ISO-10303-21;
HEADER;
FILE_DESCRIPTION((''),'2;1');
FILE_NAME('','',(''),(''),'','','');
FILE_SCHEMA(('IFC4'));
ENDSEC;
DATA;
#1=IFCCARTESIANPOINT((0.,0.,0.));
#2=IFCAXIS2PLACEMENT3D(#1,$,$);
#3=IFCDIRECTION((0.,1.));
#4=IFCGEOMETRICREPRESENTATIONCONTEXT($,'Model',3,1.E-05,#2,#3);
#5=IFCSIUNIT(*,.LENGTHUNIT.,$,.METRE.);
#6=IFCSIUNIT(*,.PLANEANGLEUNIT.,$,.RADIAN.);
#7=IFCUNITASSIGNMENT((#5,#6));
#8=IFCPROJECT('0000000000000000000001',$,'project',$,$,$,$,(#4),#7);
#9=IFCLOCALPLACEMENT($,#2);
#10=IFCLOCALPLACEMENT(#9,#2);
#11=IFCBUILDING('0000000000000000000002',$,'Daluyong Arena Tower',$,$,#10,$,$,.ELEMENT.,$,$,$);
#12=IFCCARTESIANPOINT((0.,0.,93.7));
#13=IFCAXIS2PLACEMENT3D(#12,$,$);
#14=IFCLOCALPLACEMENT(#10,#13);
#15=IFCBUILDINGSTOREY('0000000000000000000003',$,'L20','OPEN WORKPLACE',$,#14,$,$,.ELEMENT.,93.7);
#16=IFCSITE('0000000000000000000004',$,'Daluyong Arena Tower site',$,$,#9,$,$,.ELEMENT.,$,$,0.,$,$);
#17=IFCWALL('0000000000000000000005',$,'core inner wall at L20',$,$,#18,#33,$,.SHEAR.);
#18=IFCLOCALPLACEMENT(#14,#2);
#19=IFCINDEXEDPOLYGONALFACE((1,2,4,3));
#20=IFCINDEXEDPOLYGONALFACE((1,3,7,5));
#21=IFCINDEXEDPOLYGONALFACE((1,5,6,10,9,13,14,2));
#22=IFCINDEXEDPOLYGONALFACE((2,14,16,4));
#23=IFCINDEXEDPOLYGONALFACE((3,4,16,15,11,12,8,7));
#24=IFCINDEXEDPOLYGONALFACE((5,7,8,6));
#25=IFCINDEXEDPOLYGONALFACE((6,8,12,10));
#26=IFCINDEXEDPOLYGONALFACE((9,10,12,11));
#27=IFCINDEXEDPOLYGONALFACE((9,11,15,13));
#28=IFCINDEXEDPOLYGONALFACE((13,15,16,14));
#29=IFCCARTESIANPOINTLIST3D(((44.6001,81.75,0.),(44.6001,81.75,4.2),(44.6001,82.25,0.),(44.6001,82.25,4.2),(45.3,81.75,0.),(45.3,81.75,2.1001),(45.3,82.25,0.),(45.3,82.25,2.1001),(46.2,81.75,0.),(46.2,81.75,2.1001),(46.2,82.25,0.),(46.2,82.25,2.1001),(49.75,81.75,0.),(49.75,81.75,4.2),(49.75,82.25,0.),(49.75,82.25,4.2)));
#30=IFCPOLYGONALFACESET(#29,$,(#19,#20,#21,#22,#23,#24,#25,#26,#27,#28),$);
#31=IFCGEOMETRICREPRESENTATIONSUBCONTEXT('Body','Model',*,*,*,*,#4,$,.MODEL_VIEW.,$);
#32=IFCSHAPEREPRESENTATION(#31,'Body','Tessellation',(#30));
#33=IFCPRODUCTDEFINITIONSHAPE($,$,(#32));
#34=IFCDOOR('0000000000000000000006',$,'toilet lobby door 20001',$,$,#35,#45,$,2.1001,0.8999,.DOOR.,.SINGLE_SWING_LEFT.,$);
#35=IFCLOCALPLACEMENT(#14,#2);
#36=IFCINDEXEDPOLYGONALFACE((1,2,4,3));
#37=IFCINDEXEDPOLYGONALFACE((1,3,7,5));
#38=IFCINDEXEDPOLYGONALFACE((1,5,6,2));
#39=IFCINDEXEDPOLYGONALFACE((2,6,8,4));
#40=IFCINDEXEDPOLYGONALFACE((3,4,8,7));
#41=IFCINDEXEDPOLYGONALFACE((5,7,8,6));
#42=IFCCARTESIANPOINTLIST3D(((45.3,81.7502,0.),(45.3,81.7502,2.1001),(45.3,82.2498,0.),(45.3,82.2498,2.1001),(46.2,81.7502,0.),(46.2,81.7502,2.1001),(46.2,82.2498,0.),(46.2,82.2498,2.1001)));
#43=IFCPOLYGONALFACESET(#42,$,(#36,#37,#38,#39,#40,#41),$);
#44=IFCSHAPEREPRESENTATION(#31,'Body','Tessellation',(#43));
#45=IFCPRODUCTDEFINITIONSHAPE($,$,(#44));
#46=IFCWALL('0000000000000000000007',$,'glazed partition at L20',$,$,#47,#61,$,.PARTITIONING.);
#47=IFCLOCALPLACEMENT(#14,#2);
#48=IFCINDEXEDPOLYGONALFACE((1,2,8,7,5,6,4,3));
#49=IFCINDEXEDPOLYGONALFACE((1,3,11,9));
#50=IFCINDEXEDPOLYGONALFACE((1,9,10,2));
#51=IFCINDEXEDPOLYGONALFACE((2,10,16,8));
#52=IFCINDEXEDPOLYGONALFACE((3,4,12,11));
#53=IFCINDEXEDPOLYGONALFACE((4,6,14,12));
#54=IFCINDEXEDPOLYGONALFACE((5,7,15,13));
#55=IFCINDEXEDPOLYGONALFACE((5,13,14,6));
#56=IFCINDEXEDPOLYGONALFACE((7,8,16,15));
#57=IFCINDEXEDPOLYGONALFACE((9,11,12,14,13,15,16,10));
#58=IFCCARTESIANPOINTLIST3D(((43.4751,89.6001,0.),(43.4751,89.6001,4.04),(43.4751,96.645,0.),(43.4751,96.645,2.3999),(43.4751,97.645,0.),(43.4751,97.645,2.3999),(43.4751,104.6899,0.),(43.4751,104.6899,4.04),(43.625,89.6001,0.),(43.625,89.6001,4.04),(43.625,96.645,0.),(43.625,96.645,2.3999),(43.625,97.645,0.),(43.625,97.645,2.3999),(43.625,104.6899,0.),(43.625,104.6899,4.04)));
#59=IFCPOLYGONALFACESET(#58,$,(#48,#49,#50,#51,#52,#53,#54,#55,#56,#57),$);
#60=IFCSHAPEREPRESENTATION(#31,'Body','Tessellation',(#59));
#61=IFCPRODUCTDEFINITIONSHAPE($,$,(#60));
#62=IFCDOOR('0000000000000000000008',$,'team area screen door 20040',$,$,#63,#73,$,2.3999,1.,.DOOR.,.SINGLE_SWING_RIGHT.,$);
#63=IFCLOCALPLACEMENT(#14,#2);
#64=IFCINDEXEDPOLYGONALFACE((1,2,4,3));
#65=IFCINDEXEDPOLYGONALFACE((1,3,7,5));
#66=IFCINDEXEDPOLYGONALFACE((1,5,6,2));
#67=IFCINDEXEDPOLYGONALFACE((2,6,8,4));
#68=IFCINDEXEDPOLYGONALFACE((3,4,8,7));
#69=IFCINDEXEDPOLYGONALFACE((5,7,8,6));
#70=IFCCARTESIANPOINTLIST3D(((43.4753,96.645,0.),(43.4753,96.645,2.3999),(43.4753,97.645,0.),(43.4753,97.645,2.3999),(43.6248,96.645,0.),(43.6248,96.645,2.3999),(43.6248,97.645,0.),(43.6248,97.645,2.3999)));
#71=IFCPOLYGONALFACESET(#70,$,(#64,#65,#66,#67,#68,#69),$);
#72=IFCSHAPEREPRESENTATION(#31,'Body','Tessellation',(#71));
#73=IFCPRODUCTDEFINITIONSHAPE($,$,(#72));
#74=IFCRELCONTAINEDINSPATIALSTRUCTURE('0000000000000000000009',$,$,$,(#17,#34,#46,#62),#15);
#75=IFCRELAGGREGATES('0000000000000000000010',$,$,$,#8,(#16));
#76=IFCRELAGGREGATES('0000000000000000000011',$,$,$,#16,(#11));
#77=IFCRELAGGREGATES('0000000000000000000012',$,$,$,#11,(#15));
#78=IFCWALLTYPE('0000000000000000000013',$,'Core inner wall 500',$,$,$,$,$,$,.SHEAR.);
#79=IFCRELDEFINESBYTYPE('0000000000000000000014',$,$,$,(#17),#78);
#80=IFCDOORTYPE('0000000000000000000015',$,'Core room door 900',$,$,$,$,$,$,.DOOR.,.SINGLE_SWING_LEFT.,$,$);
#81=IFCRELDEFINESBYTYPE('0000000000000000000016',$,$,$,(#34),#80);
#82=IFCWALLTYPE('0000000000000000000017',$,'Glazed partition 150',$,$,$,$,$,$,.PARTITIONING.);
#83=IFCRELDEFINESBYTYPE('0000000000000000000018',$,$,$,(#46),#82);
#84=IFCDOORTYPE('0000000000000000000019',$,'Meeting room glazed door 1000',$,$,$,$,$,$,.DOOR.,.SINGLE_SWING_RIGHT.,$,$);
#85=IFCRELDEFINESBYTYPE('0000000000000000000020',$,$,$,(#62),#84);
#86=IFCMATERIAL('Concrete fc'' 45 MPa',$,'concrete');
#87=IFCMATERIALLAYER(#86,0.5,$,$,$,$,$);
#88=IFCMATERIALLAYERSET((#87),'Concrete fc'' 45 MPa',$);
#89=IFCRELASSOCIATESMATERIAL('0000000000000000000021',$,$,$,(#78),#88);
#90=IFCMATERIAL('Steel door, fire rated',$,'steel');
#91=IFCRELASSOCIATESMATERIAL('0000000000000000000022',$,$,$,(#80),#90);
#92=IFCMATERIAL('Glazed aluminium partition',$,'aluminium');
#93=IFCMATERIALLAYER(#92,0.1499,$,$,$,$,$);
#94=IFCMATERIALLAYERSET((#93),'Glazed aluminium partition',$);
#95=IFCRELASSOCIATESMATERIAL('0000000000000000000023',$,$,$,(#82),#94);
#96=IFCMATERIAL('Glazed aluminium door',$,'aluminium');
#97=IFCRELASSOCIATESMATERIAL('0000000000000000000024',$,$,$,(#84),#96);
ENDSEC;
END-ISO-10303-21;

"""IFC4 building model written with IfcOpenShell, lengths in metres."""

from ifc_helpers import new_model, si_unit, direction, frame, frame_2d, origin, place, context, subcontext, project, spatial, rectangle, extrude, material, layer, layer_set, type_object, element, fill, save


model = new_model("IFC4")

# Units and contexts
model_context = context("Model", 3, precision=1e-05, world=origin(), true_north=direction((0.0, 1.0)))
body_context = subcontext(model_context, "Body", "Model", "MODEL_VIEW")
ifc_project = project(units=[si_unit("LENGTHUNIT", "METRE"), si_unit("PLANEANGLEUNIT", "RADIAN")], contexts=[model_context])

# Site, building, storey
site_placement = place(None, origin())
site = spatial("IfcSite", under=ifc_project, at=site_placement, Name="Daluyong Arena Tower site", CompositionType="ELEMENT", RefElevation=0.0)
building_placement = place(site_placement, origin())
building = spatial("IfcBuilding", under=site, at=building_placement, Name="Daluyong Arena Tower", CompositionType="ELEMENT")
storey_placement = place(building_placement, frame((0.0, 0.0, 93.7)))
storey = spatial("IfcBuildingStorey", under=building, at=storey_placement, Name="L20", Description="OPEN WORKPLACE", CompositionType="ELEMENT", Elevation=93.7)

# Walls, openings, doors
ifc_material_1 = material(Name="Concrete fc' 45 MPa", Category="concrete")
ifc_layer_1 = layer(ifc_material_1, 0.5)
ifc_layer_set_1 = layer_set([ifc_layer_1], Name="Concrete fc' 45 MPa")
wall_type_1 = type_object("IfcWallType", Name="Core inner wall 500", PredefinedType="SHEAR", material=ifc_layer_set_1)
wall_1_placement = place(storey_placement, frame((44.6001, 82.0, 0.0), z_axis=(0.0, 0.0, 1.0), x_axis=(1.0, 0.0, 0.0)))
wall_1 = element("IfcWall", 1, at=wall_1_placement, inside=storey, type_object=wall_type_1, Name="core inner wall at L20", PredefinedType="SHEAR", context=body_context, shape_type="SweptSolid", body=[
    extrude(rectangle(XDim=5.1499, YDim=0.5, at=frame_2d((2.575, 0.0))), origin(), (0.0, 0.0, 1.0), 4.2),
])
opening_1_placement = place(wall_1_placement, frame((0.7, 0.0, 0.0)))
opening_1 = element("IfcOpeningElement", 2, at=opening_1_placement, cuts=wall_1, PredefinedType="OPENING", context=body_context, shape_type="SweptSolid", body=[
    extrude(rectangle(XDim=0.8999, YDim=2.1001, at=frame_2d((0.45, 1.05))), frame((0.0, 0.26, 0.0), z_axis=(0.0, -1.0, 0.0), x_axis=(1.0, 0.0, 0.0)), (0.0, 0.0, 1.0), 0.52),
])
ifc_material_2 = material(Name="Steel door, fire rated", Category="steel")
door_type_1 = type_object("IfcDoorType", Name="Core room door 900", OperationType="SINGLE_SWING_LEFT", PredefinedType="DOOR", material=ifc_material_2)
door_1_placement = place(opening_1_placement, origin())
door_1 = element("IfcDoor", 3, at=door_1_placement, inside=storey, type_object=door_type_1, Name="toilet lobby door 20001", OperationType="SINGLE_SWING_LEFT", OverallHeight=2.1001, OverallWidth=0.8999, PredefinedType="DOOR", context=body_context, shape_type="SweptSolid", body=[
    extrude(rectangle(XDim=0.8999, YDim=2.1001, at=frame_2d((0.45, 1.05))), frame((0.0, 0.2498, 0.0), z_axis=(0.0, -1.0, 0.0), x_axis=(1.0, 0.0, 0.0)), (0.0, 0.0, 1.0), 0.4995),
])
fill(opening_1, door_1)
ifc_material_3 = material(Name="Glazed aluminium partition", Category="aluminium")
ifc_layer_2 = layer(ifc_material_3, 0.1499)
ifc_layer_set_2 = layer_set([ifc_layer_2], Name="Glazed aluminium partition")
wall_type_2 = type_object("IfcWallType", Name="Glazed partition 150", PredefinedType="PARTITIONING", material=ifc_layer_set_2)
wall_2_placement = place(storey_placement, frame((43.55, 89.6001, 0.0), z_axis=(0.0, 0.0, 1.0), x_axis=(0.0, 1.0, 0.0)))
wall_2 = element("IfcWall", 4, at=wall_2_placement, inside=storey, type_object=wall_type_2, Name="glazed partition at L20", PredefinedType="PARTITIONING", context=body_context, shape_type="SweptSolid", body=[
    extrude(rectangle(XDim=15.0898, YDim=0.1499, at=frame_2d((7.5449, 0.0))), origin(), (0.0, 0.0, 1.0), 4.04),
])
opening_2_placement = place(wall_2_placement, frame((7.0449, 0.0, 0.0)))
opening_2 = element("IfcOpeningElement", 5, at=opening_2_placement, cuts=wall_2, PredefinedType="OPENING", context=body_context, shape_type="SweptSolid", body=[
    extrude(rectangle(XDim=1.0, YDim=2.3999, at=frame_2d((0.5, 1.2))), frame((0.0, 0.085, 0.0), z_axis=(0.0, -1.0, 0.0), x_axis=(1.0, 0.0, 0.0)), (0.0, 0.0, 1.0), 0.1699),
])
ifc_material_4 = material(Name="Glazed aluminium door", Category="aluminium")
door_type_2 = type_object("IfcDoorType", Name="Meeting room glazed door 1000", OperationType="SINGLE_SWING_RIGHT", PredefinedType="DOOR", material=ifc_material_4)
door_2_placement = place(opening_2_placement, origin())
door_2 = element("IfcDoor", 6, at=door_2_placement, inside=storey, type_object=door_type_2, Name="team area screen door 20040", OperationType="SINGLE_SWING_RIGHT", OverallHeight=2.3999, OverallWidth=1.0, PredefinedType="DOOR", context=body_context, shape_type="SweptSolid", body=[
    extrude(rectangle(XDim=1.0, YDim=2.3999, at=frame_2d((0.5, 1.2))), frame((0.0, 0.0747, 0.0), z_axis=(0.0, -1.0, 0.0), x_axis=(1.0, 0.0, 0.0)), (0.0, 0.0, 1.0), 0.1494),
])
fill(opening_2, door_2)

save(model, "model.ifc")
